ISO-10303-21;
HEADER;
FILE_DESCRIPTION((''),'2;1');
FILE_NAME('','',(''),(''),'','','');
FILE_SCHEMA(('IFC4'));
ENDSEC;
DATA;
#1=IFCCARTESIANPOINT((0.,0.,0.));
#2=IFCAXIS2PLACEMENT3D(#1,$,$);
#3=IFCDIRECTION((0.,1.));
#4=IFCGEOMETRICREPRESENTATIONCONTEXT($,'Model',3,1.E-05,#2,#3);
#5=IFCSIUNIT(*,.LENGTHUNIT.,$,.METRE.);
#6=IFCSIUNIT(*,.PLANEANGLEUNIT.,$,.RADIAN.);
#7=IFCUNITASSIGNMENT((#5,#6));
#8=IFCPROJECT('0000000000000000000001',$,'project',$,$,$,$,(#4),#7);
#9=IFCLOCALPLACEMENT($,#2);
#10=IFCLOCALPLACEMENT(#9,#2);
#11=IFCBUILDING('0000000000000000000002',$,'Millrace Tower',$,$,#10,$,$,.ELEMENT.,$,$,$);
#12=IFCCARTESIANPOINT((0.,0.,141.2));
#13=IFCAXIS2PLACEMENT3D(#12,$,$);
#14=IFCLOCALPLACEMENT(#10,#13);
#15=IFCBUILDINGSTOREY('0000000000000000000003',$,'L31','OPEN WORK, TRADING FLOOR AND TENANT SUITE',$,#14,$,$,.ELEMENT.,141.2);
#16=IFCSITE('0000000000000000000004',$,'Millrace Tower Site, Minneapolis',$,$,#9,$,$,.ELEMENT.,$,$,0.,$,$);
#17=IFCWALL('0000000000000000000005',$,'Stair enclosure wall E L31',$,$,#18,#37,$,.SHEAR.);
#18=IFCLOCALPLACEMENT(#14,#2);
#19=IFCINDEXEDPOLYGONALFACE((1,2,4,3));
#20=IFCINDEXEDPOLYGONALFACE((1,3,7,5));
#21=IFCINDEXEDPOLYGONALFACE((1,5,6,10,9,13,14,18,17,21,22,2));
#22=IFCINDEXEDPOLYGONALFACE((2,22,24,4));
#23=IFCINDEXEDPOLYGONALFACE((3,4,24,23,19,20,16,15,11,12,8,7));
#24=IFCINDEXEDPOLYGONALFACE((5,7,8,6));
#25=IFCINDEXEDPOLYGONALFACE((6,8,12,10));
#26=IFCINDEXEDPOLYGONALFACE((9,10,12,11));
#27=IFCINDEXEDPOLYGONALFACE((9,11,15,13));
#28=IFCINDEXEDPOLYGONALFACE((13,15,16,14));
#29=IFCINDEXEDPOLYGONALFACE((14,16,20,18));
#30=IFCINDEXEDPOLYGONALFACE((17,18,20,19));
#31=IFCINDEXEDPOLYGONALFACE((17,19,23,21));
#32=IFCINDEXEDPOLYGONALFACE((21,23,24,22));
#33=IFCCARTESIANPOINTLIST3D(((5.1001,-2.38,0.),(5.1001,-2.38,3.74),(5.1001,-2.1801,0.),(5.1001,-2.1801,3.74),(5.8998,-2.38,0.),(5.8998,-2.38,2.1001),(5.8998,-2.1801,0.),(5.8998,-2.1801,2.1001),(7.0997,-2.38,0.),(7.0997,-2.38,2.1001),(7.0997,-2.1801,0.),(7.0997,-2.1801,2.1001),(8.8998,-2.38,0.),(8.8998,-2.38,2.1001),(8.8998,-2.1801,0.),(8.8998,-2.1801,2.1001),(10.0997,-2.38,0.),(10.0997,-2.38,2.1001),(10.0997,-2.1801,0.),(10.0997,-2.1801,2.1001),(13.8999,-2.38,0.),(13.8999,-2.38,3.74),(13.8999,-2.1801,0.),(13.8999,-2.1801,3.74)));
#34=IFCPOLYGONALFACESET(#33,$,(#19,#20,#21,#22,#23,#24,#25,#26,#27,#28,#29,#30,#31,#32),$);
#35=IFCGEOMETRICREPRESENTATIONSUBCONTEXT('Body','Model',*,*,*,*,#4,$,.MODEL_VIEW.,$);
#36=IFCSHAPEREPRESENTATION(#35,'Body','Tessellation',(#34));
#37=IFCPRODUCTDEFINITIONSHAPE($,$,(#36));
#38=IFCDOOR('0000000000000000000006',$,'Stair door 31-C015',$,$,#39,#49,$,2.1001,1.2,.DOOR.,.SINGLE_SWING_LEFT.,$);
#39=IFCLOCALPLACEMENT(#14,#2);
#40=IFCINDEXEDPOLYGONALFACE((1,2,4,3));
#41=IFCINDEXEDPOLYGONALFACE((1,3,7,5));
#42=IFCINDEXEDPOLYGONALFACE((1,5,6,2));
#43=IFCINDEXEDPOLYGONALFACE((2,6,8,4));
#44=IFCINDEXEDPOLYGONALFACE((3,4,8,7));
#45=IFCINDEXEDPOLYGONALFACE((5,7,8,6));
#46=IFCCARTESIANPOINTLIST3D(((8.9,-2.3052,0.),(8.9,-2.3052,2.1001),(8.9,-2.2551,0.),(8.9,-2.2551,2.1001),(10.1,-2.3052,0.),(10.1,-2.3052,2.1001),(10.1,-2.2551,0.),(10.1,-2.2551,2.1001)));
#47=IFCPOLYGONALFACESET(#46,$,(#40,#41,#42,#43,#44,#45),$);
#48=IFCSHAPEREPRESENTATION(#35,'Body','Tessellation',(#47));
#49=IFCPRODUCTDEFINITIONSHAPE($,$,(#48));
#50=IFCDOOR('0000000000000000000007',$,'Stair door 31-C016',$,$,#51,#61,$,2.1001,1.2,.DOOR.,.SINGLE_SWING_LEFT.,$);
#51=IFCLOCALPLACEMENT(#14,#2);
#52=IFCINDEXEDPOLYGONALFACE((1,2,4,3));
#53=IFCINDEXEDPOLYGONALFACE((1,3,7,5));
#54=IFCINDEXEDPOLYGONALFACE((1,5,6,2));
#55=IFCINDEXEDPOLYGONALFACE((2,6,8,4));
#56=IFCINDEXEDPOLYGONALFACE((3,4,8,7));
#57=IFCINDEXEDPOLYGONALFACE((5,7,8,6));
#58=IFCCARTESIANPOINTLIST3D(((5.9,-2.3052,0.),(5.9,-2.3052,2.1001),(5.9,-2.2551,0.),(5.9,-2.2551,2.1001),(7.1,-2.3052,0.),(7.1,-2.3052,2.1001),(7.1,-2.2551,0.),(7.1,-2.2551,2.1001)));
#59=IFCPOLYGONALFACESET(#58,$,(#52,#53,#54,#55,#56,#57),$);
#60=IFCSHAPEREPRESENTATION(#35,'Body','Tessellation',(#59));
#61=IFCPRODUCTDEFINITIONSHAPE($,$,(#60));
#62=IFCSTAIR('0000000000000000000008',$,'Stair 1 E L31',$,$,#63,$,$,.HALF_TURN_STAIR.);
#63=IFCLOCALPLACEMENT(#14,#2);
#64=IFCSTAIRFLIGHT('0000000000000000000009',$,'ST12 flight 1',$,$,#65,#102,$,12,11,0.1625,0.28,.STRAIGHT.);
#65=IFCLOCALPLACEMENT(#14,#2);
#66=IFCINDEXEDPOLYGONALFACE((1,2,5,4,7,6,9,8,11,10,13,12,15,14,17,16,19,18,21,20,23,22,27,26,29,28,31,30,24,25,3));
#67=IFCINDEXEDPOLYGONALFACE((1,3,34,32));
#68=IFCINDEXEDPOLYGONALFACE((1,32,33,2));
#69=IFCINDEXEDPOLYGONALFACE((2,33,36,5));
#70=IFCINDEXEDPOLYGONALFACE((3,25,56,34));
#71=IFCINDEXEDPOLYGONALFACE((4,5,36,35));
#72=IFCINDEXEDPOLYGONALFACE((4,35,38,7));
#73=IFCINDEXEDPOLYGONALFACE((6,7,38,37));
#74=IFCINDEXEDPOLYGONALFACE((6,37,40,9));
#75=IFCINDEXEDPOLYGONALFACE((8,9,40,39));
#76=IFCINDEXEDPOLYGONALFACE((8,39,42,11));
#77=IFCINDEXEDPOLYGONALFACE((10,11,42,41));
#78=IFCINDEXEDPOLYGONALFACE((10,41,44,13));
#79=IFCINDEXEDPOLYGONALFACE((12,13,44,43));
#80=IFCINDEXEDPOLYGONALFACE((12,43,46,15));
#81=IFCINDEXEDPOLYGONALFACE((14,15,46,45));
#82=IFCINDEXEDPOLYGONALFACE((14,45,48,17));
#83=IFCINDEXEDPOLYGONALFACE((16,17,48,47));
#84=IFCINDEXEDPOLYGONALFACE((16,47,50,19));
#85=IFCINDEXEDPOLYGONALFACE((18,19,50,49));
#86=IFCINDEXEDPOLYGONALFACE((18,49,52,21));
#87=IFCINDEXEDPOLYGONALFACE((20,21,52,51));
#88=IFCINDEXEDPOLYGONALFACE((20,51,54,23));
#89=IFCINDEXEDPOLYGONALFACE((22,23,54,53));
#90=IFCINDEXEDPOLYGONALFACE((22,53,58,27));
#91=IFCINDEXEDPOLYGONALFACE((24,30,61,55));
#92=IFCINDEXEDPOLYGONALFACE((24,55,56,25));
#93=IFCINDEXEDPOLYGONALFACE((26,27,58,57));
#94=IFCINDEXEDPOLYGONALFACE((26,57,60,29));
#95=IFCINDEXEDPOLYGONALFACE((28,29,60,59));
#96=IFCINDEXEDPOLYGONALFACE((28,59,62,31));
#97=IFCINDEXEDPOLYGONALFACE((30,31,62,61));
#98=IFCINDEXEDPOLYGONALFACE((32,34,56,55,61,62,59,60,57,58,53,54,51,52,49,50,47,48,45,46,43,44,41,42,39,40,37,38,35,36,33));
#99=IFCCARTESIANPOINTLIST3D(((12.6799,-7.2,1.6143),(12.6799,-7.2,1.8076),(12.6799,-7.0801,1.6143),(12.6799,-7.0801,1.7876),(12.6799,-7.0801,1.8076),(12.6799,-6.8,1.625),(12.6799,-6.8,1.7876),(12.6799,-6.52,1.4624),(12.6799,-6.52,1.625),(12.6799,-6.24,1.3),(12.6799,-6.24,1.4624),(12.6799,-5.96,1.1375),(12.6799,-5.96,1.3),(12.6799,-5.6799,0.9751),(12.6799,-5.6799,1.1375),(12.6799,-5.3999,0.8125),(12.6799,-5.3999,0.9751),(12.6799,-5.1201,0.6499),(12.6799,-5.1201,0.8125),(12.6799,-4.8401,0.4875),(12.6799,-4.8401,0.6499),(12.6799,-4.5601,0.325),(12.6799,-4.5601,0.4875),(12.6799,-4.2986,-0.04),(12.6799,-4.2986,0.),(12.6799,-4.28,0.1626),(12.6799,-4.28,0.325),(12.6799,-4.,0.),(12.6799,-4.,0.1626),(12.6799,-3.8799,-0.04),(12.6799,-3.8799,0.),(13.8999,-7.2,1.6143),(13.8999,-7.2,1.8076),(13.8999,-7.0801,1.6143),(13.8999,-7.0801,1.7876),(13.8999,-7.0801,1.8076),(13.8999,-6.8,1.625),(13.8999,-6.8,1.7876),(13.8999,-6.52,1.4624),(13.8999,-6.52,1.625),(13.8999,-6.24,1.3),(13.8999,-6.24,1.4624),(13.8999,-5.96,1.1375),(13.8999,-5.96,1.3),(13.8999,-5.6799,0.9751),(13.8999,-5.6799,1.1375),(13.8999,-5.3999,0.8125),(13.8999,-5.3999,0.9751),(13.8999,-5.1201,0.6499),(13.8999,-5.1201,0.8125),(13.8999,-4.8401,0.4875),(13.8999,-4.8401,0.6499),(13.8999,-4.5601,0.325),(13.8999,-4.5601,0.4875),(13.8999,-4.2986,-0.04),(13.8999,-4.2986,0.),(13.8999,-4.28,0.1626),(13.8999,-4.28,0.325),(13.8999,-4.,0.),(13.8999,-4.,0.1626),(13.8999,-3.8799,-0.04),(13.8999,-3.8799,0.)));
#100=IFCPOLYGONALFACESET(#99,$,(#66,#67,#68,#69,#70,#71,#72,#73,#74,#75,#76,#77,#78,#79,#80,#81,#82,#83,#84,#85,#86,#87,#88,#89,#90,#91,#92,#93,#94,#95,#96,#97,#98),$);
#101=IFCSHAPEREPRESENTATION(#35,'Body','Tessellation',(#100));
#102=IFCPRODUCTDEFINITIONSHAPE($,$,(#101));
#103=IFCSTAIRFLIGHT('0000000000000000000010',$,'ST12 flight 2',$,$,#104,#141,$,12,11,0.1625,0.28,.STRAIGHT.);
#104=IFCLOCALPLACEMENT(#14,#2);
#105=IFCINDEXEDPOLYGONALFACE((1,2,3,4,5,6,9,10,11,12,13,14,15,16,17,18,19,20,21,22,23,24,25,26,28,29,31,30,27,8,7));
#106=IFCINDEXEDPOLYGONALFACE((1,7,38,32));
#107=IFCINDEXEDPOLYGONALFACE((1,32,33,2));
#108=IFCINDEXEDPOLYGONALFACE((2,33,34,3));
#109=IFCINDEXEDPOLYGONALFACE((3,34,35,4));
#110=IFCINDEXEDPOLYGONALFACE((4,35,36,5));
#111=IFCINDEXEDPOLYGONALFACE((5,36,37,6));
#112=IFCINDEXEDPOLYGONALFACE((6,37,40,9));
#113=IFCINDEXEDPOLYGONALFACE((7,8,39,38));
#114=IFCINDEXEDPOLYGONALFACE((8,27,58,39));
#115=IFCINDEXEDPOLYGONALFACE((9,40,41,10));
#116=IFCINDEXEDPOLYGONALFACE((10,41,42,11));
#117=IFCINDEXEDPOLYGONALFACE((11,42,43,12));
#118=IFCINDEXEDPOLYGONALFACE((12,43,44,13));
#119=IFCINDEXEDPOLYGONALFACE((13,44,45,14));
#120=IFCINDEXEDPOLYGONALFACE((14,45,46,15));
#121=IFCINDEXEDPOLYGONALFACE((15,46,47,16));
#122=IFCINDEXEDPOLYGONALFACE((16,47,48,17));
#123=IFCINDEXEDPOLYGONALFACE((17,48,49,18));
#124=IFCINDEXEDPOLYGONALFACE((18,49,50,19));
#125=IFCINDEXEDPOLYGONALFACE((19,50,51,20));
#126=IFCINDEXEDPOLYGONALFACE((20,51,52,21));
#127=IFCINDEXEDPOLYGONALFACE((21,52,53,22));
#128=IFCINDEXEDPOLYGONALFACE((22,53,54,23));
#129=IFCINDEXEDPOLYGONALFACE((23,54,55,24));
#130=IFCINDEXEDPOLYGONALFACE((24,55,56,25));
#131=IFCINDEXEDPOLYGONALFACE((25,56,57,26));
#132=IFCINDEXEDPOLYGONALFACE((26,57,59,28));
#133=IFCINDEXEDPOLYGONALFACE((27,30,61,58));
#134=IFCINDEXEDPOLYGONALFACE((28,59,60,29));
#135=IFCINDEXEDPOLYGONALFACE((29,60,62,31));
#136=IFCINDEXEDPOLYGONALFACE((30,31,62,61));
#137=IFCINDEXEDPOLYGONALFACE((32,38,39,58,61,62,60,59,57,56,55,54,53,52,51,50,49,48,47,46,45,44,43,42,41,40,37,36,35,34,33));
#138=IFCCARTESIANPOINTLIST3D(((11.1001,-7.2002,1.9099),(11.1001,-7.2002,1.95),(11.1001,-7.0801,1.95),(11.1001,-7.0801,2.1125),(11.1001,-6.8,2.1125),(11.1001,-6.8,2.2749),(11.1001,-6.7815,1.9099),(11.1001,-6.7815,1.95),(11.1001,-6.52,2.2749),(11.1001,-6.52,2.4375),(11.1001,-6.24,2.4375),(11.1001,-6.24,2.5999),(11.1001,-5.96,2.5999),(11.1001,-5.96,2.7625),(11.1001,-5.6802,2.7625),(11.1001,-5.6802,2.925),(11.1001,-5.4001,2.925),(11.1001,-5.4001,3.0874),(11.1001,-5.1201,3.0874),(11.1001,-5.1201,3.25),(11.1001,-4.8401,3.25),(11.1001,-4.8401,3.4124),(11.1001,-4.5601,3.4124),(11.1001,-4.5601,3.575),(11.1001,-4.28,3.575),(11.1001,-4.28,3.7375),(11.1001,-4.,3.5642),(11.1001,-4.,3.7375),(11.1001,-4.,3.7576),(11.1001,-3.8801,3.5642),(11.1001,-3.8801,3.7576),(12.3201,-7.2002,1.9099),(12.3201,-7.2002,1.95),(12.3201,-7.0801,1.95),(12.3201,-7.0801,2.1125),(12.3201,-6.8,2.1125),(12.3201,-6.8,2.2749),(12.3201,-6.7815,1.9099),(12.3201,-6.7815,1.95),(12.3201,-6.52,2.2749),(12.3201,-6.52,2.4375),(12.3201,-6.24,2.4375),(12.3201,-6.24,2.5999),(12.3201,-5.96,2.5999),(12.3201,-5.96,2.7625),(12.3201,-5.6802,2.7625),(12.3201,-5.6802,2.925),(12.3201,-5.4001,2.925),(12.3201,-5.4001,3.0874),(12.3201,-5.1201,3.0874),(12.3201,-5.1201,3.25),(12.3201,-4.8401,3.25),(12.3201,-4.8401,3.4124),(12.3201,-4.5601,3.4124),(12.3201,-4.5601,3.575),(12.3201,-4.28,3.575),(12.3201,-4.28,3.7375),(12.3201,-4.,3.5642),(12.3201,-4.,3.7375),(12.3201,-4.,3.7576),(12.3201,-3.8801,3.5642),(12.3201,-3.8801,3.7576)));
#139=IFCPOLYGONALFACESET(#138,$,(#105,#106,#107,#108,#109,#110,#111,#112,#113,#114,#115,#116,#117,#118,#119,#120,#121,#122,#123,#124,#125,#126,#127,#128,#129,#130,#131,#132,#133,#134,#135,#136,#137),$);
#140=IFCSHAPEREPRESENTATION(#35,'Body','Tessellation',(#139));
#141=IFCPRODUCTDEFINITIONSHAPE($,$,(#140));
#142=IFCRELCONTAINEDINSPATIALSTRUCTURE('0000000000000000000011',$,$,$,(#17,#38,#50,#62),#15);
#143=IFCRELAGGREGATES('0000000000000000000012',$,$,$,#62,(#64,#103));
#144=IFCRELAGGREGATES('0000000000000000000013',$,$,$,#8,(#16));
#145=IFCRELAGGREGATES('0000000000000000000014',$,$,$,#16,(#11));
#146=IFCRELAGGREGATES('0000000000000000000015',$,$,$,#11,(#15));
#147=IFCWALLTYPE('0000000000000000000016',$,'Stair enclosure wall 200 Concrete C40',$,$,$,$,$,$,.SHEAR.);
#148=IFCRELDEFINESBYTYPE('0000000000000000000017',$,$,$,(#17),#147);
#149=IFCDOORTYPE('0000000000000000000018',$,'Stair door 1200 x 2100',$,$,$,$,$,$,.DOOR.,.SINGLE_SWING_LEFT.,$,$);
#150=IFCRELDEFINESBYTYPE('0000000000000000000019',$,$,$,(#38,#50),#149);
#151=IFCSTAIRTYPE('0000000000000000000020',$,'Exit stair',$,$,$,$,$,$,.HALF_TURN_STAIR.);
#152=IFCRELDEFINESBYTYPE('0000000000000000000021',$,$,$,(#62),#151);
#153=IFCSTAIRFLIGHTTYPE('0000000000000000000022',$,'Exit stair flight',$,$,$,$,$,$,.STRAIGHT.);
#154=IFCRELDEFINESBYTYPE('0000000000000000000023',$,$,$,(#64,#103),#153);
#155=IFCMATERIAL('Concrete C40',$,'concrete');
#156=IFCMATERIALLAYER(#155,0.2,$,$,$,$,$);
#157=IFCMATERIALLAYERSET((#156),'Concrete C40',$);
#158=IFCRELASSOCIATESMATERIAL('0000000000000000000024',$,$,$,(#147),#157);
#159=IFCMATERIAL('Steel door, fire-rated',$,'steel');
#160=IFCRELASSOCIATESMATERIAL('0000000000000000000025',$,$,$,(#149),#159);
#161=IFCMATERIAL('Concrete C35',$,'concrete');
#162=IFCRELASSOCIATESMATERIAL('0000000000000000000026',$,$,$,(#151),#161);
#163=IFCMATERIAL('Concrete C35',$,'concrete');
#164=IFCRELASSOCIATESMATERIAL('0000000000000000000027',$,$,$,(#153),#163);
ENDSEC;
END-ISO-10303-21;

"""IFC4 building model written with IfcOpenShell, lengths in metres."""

from ifc_helpers import new_model, si_unit, direction, frame, frame_2d, origin, place, context, subcontext, project, spatial, polyline, rectangle, outline, extrude, material, layer, layer_set, type_object, element, fill, aggregate, save


model = new_model("IFC4")

# Units and contexts
model_context = context("Model", 3, precision=1e-05, world=origin(), true_north=direction((0.0, 1.0)))
body_context = subcontext(model_context, "Body", "Model", "MODEL_VIEW")
ifc_project = project(units=[si_unit("LENGTHUNIT", "METRE"), si_unit("PLANEANGLEUNIT", "RADIAN")], contexts=[model_context])

# Site, building, storey
site_placement = place(None, origin())
site = spatial("IfcSite", under=ifc_project, at=site_placement, Name="Millrace Tower Site, Minneapolis", CompositionType="ELEMENT", RefElevation=0.0)
building_placement = place(site_placement, origin())
building = spatial("IfcBuilding", under=site, at=building_placement, Name="Millrace Tower", CompositionType="ELEMENT")
storey_placement = place(building_placement, frame((0.0, 0.0, 141.2)))
storey = spatial("IfcBuildingStorey", under=building, at=storey_placement, Name="L31", Description="OPEN WORK, TRADING FLOOR AND TENANT SUITE", CompositionType="ELEMENT", Elevation=141.2)

# Shared definitions
placement = place(storey_placement, origin())

# Shared definitions
ifc_material_1 = material(Name="Concrete C40", Category="concrete")
ifc_layer_1 = layer(ifc_material_1, 0.2)
ifc_layer_set_1 = layer_set([ifc_layer_1], Name="Concrete C40")
wall_type_1 = type_object("IfcWallType", Name="Stair enclosure wall 200 Concrete C40", PredefinedType="SHEAR", material=ifc_layer_set_1)

# Wall, openings, doors
wall_1_placement = place(storey_placement, frame((13.8999, -2.28, 0.0), z_axis=(0.0, 0.0, 1.0), x_axis=(-1.0, 0.0, 0.0)))
wall_1 = element("IfcWall", 1, at=wall_1_placement, inside=storey, type_object=wall_type_1, Name="Stair enclosure wall E L31", PredefinedType="SHEAR", context=body_context, shape_type="SweptSolid", body=[
    extrude(rectangle(XDim=8.7998, YDim=0.2, at=frame_2d((4.3999, 0.0))), origin(), (0.0, 0.0, 1.0), 3.74),
])
opening_1_placement = place(wall_1_placement, frame((3.8, 0.0, 0.0)))
opening_1 = element("IfcOpeningElement", 2, at=opening_1_placement, cuts=wall_1, PredefinedType="OPENING", context=body_context, shape_type="SweptSolid", body=[
    extrude(rectangle(XDim=1.2, YDim=2.1001, at=frame_2d((0.6001, 1.05))), frame((0.0, 0.1099, 0.0), z_axis=(0.0, -1.0, 0.0), x_axis=(1.0, 0.0, 0.0)), (0.0, 0.0, 1.0), 0.22),
])
opening_2_placement = place(wall_1_placement, frame((6.8, 0.0, 0.0)))
opening_2 = element("IfcOpeningElement", 3, at=opening_2_placement, cuts=wall_1, PredefinedType="OPENING", context=body_context, shape_type="SweptSolid", body=[
    extrude(rectangle(XDim=1.2, YDim=2.1001, at=frame_2d((0.6001, 1.05))), frame((0.0, 0.1099, 0.0), z_axis=(0.0, -1.0, 0.0), x_axis=(1.0, 0.0, 0.0)), (0.0, 0.0, 1.0), 0.22),
])
ifc_material_2 = material(Name="Steel door, fire-rated", Category="steel")
door_type_1 = type_object("IfcDoorType", Name="Stair door 1200 x 2100", OperationType="SINGLE_SWING_LEFT", PredefinedType="DOOR", material=ifc_material_2)
door_1_placement = place(opening_1_placement, frame((1.2, 0.0, 0.0), z_axis=(0.0, 0.0, 1.0), x_axis=(-1.0, 0.0, 0.0)))
door_1 = element("IfcDoor", 4, at=door_1_placement, inside=storey, type_object=door_type_1, Name="Stair door 31-C015", OperationType="SINGLE_SWING_LEFT", OverallHeight=2.1001, OverallWidth=1.2, PredefinedType="DOOR", context=body_context, shape_type="SweptSolid", body=[
    extrude(rectangle(XDim=1.2, YDim=2.1001, at=frame_2d((0.6001, 1.05))), frame((0.0, 0.0249, 0.0), z_axis=(0.0, -1.0, 0.0), x_axis=(1.0, 0.0, 0.0)), (0.0, 0.0, 1.0), 0.05),
])
fill(opening_1, door_1)
door_2_placement = place(opening_2_placement, frame((1.2, 0.0, 0.0), z_axis=(0.0, 0.0, 1.0), x_axis=(-1.0, 0.0, 0.0)))
door_2 = element("IfcDoor", 5, at=door_2_placement, inside=storey, type_object=door_type_1, Name="Stair door 31-C016", OperationType="SINGLE_SWING_LEFT", OverallHeight=2.1001, OverallWidth=1.2, PredefinedType="DOOR", context=body_context, shape_type="SweptSolid", body=[
    extrude(rectangle(XDim=1.2, YDim=2.1001, at=frame_2d((0.6001, 1.05))), frame((0.0, 0.0249, 0.0), z_axis=(0.0, -1.0, 0.0), x_axis=(1.0, 0.0, 0.0)), (0.0, 0.0, 1.0), 0.05),
])
fill(opening_2, door_2)

# Stair, stair flights
ifc_material_3 = material(Name="Concrete C35", Category="concrete")
stair_type = type_object("IfcStairType", Name="Exit stair", PredefinedType="HALF_TURN_STAIR", material=ifc_material_3)
stair = element("IfcStair", 6, at=placement, inside=storey, type_object=stair_type, Name="Stair 1 E L31", PredefinedType="HALF_TURN_STAIR")
ifc_material_4 = material(Name="Concrete C35", Category="concrete")
stair_flight_type = type_object("IfcStairFlightType", Name="Exit stair flight", PredefinedType="STRAIGHT", material=ifc_material_4)
stair_flight_1_placement = place(storey_placement, frame((13.29, -4.0, 0.0), z_axis=(0.0, 0.0, 1.0), x_axis=(0.0, -1.0, 0.0)))
stair_flight_1 = element("IfcStairFlight", 7, at=stair_flight_1_placement, type_object=stair_flight_type, Name="ST12 flight 1", NumberOfRisers=12, NumberOfTreads=11, PredefinedType="STRAIGHT", RiserHeight=0.1625, TreadLength=0.28, context=body_context, shape_type="SweptSolid", body=[
    extrude(outline(polyline([(-0.1201, -0.04), (-0.1201, 0.0), (0.0, 0.0), (0.0, 0.1626), (0.28, 0.1626), (0.28, 0.325), (0.5601, 0.325), (0.5601, 0.4875), (0.8401, 0.4875), (0.8401, 0.6499), (1.1201, 0.6499), (1.1201, 0.8125), (1.3999, 0.8125), (1.3999, 0.9751), (1.6799, 0.9751), (1.6799, 1.1375), (1.96, 1.1375), (1.96, 1.3), (2.24, 1.3), (2.24, 1.4624), (2.52, 1.4624), (2.52, 1.625), (2.8, 1.625), (2.8, 1.7876), (3.0801, 1.7876), (3.0801, 1.8076), (3.2, 1.8076), (3.2, 1.6143), (3.0801, 1.6143), (0.2986, 0.0), (0.2986, -0.04), (-0.1201, -0.04)])), frame((0.0, 0.6099, 0.0), z_axis=(0.0, -1.0, 0.0), x_axis=(1.0, 0.0, 0.0)), (0.0, 0.0, 1.0), 1.22),
])
stair_flight_2_placement = place(storey_placement, frame((11.71, -7.0801, 1.95), z_axis=(0.0, 0.0, 1.0), x_axis=(0.0, 1.0, 0.0)))
stair_flight_2 = element("IfcStairFlight", 8, at=stair_flight_2_placement, type_object=stair_flight_type, Name="ST12 flight 2", NumberOfRisers=12, NumberOfTreads=11, PredefinedType="STRAIGHT", RiserHeight=0.1625, TreadLength=0.28, context=body_context, shape_type="SweptSolid", body=[
    extrude(outline(polyline([(-0.1201, -0.04), (-0.1201, 0.0), (0.0, 0.0), (0.0, 0.1626), (0.28, 0.1626), (0.28, 0.325), (0.5601, 0.325), (0.5601, 0.4875), (0.8401, 0.4875), (0.8401, 0.6499), (1.1201, 0.6499), (1.1201, 0.8125), (1.3999, 0.8125), (1.3999, 0.9751), (1.6799, 0.9751), (1.6799, 1.1375), (1.96, 1.1375), (1.96, 1.3), (2.24, 1.3), (2.24, 1.4624), (2.52, 1.4624), (2.52, 1.625), (2.8, 1.625), (2.8, 1.7876), (3.0801, 1.7876), (3.0801, 1.8076), (3.2, 1.8076), (3.2, 1.6143), (3.0801, 1.6143), (0.2986, 0.0), (0.2986, -0.04), (-0.1201, -0.04)])), frame((0.0, 0.6099, 0.0), z_axis=(0.0, -1.0, 0.0), x_axis=(1.0, 0.0, 0.0)), (0.0, 0.0, 1.0), 1.22),
])
aggregate(stair, [stair_flight_1, stair_flight_2])

save(model, "model.ifc")
